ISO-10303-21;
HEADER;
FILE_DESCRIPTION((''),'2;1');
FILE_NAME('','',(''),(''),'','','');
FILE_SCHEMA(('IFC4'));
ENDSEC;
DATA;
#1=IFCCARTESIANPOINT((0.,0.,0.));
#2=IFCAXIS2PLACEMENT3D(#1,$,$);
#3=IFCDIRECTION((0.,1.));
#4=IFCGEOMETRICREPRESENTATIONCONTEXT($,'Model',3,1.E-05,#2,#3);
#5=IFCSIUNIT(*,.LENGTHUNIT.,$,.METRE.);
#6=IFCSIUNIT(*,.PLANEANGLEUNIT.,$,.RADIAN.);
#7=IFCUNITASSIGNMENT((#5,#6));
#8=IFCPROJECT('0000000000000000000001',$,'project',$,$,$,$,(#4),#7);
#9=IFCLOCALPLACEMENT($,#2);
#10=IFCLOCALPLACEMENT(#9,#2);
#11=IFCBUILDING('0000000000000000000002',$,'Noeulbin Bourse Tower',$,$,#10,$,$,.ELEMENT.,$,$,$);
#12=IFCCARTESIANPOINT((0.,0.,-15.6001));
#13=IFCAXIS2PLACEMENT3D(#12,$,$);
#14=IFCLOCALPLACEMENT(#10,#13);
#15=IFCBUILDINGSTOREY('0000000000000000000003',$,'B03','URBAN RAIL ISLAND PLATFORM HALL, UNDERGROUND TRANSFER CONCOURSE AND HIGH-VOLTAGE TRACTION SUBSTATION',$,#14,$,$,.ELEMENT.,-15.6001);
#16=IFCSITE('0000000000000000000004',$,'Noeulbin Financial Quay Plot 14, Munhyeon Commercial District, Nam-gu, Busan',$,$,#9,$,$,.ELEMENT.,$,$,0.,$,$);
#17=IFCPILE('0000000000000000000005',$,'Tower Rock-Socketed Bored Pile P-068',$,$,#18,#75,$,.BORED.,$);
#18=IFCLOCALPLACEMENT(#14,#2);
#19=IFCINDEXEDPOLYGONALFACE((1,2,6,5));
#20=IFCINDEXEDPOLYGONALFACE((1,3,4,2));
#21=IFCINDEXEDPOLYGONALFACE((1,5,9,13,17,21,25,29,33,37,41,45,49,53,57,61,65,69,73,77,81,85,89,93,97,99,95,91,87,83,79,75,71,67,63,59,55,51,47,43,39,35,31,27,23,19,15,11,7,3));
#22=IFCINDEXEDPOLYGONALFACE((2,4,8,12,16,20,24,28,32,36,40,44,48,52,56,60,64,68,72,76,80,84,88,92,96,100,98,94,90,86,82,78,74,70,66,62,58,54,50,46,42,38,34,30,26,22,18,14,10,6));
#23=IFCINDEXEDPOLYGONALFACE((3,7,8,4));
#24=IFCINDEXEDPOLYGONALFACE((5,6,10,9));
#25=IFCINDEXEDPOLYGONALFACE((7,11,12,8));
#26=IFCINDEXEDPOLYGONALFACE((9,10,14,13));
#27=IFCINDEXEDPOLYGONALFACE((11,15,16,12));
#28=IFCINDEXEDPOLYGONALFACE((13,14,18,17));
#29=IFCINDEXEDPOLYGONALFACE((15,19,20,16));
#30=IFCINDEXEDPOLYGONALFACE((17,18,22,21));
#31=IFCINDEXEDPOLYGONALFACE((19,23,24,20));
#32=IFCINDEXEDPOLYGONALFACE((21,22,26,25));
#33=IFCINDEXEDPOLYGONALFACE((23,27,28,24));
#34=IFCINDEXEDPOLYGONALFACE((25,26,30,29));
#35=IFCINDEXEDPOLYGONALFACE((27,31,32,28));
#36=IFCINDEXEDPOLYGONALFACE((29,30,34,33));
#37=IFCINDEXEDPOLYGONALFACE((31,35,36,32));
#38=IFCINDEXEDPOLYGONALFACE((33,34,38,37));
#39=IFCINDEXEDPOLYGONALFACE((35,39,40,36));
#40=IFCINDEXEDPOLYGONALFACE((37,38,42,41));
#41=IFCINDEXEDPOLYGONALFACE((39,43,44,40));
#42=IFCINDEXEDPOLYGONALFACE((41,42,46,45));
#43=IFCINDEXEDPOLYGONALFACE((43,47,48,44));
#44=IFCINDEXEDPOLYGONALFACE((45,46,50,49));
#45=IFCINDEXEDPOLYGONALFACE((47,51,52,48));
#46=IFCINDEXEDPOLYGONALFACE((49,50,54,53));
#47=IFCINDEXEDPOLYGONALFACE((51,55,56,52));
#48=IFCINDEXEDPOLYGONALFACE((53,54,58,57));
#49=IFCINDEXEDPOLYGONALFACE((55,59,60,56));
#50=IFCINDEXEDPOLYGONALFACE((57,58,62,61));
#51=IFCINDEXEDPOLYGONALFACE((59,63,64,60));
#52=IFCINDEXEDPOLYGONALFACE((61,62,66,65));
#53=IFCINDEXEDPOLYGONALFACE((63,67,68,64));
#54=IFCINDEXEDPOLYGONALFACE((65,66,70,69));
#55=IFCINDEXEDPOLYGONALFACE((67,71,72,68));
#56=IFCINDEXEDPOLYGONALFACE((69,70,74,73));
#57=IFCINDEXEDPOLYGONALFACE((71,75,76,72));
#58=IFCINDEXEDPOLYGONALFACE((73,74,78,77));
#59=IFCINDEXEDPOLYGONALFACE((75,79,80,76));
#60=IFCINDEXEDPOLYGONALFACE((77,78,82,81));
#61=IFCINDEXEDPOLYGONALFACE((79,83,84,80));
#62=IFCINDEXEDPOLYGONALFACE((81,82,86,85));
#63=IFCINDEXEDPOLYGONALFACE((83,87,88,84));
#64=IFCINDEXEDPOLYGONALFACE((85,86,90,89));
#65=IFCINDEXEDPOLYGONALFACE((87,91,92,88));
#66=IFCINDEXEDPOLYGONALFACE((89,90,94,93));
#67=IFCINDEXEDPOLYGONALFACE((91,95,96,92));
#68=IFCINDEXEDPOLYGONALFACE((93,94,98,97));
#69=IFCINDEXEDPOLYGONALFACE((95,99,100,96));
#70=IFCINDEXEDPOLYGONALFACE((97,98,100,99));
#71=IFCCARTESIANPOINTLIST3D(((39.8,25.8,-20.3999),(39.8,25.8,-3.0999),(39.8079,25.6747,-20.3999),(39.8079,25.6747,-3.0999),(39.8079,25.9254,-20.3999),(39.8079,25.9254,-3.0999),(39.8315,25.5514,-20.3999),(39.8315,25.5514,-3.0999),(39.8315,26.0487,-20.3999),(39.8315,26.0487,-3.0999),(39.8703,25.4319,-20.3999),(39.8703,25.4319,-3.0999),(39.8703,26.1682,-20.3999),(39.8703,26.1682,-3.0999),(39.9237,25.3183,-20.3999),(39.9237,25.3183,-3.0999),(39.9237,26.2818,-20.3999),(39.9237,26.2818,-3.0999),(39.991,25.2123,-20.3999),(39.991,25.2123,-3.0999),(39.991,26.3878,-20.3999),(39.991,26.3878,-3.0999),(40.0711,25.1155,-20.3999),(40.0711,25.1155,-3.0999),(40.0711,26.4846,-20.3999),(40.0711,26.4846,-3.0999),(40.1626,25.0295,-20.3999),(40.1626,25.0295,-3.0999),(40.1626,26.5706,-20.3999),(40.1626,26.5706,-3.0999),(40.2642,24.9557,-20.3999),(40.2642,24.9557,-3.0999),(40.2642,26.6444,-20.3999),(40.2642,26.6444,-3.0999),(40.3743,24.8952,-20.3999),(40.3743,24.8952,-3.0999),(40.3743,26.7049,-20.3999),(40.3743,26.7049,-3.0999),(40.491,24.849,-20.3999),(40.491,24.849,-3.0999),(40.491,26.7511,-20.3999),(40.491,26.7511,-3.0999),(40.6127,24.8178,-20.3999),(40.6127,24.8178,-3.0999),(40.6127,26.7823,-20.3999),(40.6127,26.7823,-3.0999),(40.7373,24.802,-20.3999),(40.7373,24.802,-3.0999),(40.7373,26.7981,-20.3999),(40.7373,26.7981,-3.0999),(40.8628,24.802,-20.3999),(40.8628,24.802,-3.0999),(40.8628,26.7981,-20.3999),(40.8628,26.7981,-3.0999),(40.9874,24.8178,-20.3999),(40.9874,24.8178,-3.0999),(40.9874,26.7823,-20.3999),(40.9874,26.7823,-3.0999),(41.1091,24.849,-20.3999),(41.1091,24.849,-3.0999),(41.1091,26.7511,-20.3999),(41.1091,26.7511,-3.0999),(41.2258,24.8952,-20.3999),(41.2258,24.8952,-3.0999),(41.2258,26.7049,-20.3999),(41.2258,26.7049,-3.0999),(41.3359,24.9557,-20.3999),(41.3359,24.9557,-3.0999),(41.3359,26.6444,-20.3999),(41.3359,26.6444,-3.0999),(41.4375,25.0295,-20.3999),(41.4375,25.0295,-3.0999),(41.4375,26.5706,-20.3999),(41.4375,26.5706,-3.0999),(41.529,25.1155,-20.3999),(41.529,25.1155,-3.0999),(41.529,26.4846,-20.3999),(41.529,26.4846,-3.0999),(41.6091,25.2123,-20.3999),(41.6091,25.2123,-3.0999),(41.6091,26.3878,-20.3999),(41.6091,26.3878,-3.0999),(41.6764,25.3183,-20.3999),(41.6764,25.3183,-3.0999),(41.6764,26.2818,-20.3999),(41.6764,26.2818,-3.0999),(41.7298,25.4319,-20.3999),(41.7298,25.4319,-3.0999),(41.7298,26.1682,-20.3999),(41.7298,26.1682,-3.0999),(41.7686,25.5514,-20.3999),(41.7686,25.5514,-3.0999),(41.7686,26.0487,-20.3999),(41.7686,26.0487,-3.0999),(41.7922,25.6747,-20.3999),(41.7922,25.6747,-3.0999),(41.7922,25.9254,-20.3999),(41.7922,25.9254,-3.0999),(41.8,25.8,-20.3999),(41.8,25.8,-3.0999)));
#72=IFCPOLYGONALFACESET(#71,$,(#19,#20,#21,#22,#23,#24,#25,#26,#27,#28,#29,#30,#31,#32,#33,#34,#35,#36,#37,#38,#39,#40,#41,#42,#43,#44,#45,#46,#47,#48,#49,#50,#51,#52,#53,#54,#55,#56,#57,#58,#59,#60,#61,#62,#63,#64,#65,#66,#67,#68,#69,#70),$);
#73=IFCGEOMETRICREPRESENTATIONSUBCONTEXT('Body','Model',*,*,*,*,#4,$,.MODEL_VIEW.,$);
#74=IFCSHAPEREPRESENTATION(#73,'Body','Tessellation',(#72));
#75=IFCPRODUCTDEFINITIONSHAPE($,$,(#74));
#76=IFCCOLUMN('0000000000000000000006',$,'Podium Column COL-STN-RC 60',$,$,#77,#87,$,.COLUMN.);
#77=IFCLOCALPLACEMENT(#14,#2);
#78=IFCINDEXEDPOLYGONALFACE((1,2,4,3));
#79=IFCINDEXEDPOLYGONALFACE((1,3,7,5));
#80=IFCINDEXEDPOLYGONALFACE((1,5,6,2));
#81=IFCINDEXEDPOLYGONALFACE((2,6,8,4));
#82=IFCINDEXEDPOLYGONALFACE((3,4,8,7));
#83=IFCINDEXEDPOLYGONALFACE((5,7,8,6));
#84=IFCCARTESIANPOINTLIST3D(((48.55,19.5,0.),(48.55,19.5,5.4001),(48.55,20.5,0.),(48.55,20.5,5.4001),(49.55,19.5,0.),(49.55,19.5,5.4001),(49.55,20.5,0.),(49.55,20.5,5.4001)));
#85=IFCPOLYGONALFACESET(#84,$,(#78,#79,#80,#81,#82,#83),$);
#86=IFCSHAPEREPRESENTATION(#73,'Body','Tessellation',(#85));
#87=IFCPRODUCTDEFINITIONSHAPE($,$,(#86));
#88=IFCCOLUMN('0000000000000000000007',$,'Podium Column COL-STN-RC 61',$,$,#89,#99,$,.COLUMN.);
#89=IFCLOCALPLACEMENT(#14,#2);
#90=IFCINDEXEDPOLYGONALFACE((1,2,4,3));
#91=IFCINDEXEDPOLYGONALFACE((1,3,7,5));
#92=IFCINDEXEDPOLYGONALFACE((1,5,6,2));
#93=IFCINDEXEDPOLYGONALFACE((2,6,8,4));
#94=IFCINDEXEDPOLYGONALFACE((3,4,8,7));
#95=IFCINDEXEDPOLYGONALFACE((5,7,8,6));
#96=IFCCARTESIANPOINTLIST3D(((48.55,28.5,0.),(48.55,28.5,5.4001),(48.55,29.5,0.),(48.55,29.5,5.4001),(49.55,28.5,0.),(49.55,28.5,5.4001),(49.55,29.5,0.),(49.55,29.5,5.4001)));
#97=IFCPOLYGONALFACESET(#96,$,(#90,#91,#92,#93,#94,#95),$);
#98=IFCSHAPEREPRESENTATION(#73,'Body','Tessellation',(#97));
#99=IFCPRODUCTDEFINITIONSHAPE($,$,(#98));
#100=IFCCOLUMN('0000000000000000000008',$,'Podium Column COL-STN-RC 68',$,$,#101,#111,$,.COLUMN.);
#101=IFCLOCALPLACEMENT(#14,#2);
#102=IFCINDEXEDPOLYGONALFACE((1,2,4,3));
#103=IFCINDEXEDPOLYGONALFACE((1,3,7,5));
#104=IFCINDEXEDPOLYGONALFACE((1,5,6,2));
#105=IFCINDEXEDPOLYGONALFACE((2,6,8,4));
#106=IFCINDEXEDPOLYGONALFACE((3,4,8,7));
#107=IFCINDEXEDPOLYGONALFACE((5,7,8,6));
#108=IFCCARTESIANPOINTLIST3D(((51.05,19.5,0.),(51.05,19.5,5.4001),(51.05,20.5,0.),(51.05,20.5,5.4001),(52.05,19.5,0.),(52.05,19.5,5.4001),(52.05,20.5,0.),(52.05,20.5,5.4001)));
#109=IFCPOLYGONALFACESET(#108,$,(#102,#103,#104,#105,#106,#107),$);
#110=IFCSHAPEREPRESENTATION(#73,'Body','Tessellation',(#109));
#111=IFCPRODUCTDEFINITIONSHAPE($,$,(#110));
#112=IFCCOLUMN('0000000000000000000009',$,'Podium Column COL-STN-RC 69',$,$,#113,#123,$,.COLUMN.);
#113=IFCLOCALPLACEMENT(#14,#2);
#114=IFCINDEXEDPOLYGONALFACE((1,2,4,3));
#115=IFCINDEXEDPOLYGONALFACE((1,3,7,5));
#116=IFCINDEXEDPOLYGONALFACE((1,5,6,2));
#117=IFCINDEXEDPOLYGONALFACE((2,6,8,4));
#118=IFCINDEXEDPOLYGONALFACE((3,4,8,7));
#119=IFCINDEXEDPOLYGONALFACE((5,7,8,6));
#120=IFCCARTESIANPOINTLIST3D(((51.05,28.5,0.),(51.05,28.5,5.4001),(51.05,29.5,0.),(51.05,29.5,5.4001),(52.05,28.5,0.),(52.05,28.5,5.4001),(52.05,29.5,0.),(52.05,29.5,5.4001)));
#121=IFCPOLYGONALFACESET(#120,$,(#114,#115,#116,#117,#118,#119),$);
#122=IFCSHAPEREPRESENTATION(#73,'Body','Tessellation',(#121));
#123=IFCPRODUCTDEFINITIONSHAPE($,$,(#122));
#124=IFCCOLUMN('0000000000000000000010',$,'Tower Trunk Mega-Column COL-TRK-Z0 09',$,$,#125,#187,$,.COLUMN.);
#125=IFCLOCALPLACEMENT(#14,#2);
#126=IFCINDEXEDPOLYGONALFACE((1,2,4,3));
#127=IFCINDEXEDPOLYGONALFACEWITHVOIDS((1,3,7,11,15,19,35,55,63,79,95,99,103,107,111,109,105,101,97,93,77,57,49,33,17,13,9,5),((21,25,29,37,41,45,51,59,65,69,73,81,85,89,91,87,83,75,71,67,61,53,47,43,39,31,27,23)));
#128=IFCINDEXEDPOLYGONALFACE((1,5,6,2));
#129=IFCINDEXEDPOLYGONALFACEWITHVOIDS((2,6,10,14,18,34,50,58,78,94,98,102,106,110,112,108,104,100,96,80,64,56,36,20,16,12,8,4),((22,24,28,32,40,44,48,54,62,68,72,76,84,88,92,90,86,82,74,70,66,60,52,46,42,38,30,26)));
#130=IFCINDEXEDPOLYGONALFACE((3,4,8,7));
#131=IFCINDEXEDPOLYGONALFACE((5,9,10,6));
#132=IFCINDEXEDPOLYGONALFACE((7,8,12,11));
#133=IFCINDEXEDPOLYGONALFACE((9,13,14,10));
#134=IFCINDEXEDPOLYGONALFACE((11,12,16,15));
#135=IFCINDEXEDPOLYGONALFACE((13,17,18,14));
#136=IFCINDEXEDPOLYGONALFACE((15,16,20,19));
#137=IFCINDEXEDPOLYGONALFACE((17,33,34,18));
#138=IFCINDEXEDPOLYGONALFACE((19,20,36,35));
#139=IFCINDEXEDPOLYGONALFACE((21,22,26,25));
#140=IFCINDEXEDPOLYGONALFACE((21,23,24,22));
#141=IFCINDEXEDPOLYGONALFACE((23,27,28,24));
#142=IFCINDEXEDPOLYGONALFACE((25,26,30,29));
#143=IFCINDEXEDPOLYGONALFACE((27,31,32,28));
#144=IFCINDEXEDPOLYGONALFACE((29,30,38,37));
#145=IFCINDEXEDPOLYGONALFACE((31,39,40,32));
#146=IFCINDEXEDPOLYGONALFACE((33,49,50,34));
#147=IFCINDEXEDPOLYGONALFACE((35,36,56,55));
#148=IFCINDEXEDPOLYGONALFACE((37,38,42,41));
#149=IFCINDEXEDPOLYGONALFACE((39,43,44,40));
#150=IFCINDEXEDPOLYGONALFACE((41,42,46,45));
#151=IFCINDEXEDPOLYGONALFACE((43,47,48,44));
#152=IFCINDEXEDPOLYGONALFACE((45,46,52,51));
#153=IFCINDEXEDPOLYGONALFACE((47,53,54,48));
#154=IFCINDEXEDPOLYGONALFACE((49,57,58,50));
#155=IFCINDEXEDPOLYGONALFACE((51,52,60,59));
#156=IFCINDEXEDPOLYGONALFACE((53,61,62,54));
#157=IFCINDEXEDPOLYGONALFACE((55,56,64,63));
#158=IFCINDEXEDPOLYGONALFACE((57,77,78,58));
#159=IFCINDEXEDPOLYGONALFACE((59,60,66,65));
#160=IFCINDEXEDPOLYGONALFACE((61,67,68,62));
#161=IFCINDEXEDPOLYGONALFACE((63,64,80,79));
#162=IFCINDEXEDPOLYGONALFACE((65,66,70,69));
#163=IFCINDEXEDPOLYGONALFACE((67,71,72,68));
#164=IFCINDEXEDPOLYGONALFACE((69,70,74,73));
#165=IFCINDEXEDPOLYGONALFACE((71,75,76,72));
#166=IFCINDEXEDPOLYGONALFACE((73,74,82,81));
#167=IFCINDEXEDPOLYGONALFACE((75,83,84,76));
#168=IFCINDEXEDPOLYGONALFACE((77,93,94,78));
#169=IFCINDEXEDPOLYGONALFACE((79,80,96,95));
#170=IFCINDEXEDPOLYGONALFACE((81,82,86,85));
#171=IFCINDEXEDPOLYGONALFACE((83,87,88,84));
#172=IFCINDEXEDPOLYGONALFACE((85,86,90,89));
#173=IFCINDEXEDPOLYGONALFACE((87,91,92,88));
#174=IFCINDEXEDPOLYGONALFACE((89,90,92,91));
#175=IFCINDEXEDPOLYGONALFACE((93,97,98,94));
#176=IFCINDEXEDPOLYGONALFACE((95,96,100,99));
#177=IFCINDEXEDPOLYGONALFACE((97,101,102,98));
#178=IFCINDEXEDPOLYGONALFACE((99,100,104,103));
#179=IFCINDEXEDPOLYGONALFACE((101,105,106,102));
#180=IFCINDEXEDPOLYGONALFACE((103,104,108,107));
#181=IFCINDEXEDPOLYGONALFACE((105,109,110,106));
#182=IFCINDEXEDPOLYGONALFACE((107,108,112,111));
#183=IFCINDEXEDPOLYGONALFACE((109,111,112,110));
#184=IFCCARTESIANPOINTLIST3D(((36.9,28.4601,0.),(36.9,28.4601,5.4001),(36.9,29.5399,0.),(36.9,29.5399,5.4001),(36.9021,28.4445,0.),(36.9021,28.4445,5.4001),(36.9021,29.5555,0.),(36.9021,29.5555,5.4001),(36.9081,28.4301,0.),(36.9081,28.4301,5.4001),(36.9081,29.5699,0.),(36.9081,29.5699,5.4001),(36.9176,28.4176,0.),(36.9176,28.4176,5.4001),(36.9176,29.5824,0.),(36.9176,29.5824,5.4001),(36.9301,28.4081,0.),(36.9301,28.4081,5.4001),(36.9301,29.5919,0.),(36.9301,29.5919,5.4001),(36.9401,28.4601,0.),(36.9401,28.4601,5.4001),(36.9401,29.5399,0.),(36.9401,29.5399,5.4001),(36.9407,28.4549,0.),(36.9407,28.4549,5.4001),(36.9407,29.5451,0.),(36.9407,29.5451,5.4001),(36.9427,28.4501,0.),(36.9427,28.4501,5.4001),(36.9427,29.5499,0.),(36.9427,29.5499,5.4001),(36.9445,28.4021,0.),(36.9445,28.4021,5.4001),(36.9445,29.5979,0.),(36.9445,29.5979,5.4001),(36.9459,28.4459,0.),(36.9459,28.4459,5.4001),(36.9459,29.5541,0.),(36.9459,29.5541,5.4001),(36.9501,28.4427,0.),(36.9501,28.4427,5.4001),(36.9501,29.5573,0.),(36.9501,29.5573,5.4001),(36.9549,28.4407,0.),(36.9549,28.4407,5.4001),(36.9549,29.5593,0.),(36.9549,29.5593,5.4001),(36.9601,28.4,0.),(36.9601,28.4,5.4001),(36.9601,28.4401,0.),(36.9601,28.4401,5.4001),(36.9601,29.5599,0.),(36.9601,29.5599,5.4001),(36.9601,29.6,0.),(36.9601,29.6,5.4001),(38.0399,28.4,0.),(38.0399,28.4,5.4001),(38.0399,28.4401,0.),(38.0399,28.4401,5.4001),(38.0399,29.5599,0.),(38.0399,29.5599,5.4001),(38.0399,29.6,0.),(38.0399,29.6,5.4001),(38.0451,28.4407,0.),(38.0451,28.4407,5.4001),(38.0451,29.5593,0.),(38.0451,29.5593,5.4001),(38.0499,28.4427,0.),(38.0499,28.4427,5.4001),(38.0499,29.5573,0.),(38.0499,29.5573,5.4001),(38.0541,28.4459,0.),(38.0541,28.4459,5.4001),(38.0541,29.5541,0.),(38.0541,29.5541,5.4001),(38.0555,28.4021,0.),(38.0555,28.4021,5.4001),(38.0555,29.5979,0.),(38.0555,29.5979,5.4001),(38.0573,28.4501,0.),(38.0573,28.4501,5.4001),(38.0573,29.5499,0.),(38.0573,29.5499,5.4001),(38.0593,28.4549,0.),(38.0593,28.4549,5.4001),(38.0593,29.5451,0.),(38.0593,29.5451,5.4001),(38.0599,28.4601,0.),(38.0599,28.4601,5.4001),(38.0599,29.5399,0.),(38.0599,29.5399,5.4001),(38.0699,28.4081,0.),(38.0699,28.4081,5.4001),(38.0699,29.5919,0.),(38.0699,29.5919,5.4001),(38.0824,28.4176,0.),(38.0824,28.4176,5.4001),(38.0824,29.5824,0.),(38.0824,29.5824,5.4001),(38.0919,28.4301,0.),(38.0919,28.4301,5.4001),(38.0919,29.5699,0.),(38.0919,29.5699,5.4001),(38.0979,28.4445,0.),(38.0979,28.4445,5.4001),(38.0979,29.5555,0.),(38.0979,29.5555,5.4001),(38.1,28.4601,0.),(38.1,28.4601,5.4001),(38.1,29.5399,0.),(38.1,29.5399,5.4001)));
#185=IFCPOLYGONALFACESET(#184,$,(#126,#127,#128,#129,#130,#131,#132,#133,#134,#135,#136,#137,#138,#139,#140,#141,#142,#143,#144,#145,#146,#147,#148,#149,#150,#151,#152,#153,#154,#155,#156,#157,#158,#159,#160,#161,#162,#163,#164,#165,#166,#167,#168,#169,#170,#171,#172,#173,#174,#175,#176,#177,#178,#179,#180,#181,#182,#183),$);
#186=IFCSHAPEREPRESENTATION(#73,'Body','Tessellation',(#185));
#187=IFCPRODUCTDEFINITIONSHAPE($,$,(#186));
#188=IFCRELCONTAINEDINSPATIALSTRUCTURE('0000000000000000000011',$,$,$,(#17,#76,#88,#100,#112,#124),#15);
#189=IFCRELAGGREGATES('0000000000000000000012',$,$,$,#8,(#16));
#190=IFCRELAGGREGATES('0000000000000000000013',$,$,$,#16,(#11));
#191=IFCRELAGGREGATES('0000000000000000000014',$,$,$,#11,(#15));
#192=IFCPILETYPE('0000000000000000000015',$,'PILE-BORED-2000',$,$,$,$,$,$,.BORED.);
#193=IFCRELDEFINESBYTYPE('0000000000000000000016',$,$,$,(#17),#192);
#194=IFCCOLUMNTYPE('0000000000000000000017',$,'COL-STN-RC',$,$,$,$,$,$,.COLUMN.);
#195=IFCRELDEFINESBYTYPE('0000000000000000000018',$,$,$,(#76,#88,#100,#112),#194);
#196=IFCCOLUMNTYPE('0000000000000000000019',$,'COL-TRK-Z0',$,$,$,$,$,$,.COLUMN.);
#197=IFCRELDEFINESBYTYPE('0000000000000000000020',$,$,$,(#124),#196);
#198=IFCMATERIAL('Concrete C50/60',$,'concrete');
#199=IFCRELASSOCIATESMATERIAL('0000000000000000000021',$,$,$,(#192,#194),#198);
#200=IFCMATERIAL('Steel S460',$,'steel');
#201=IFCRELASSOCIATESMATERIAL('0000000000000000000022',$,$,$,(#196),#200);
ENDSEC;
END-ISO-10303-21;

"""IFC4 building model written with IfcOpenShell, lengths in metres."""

from ifc_helpers import new_model, si_unit, direction, frame, origin, origin_2d, place, context, subcontext, project, spatial, rectangle, hollow_rectangle, circle, extrude, material, material_profile, profile_set, type_object, element, save


model = new_model("IFC4")

# Units and contexts
model_context = context("Model", 3, precision=1e-05, world=origin(), true_north=direction((0.0, 1.0)))
body_context = subcontext(model_context, "Body", "Model", "MODEL_VIEW")
ifc_project = project(units=[si_unit("LENGTHUNIT", "METRE"), si_unit("PLANEANGLEUNIT", "RADIAN")], contexts=[model_context])

# Site, building, storey
site_placement = place(None, origin())
site = spatial("IfcSite", under=ifc_project, at=site_placement, Name="Noeulbin Financial Quay Plot 14, Munhyeon Commercial District, Nam-gu, Busan", CompositionType="ELEMENT", RefElevation=0.0)
building_placement = place(site_placement, origin())
building = spatial("IfcBuilding", under=site, at=building_placement, Name="Noeulbin Bourse Tower", CompositionType="ELEMENT")
storey_placement = place(building_placement, frame((0.0, 0.0, -15.6001)))
storey = spatial("IfcBuildingStorey", under=building, at=storey_placement, Name="B03", Description="URBAN RAIL ISLAND PLATFORM HALL, UNDERGROUND TRANSFER CONCOURSE AND HIGH-VOLTAGE TRACTION SUBSTATION", CompositionType="ELEMENT", Elevation=-15.6001)

# Pile
ifc_material_1 = material(Name="Concrete C50/60", Category="concrete")
ifc_material_profile_1 = material_profile(ifc_material_1, circle(Radius=1.0, at=origin_2d()), Name="PILE-D2000", Category="LoadBearing")
ifc_profile_set_1 = profile_set([ifc_material_profile_1], Name="Concrete C50/60")
pile_type_1 = type_object("IfcPileType", Name="PILE-BORED-2000", PredefinedType="BORED", material=ifc_profile_set_1)
for number, where, z_axis, x_axis, name in (
    (1, (40.8, 25.8, -3.0999), (0.0, 0.0, -1.0), (1.0, 0.0, 0.0), "Tower Rock-Socketed Bored Pile P-068"),
):
    element("IfcPile", number, at=place(storey_placement, frame(where, z_axis=z_axis, x_axis=x_axis)), inside=storey, type_object=pile_type_1, Name=name, PredefinedType="BORED", context=body_context, shape_type="SweptSolid", body=[
        extrude(circle(Radius=1.0, at=origin_2d()), origin(), (0.0, 0.0, 1.0), 17.3),
    ])

# Columns
ifc_material_profile_2 = material_profile(ifc_material_1, rectangle(XDim=1.0, YDim=1.0, at=origin_2d()), Name="RC-COL-1000x1000", Category="LoadBearing")
ifc_profile_set_2 = profile_set([ifc_material_profile_2], Name="Concrete C50/60")
column_type_1 = type_object("IfcColumnType", Name="COL-STN-RC", PredefinedType="COLUMN", material=ifc_profile_set_2)
for number, where, z_axis, x_axis, name in (
    (2, (49.05, 20.0, 0.0), (0.0, 0.0, 1.0), (1.0, 0.0, 0.0), "Podium Column COL-STN-RC 60"),
    (3, (49.05, 29.0, 0.0), (0.0, 0.0, 1.0), (1.0, 0.0, 0.0), "Podium Column COL-STN-RC 61"),
    (4, (51.55, 20.0, 0.0), (0.0, 0.0, 1.0), (1.0, 0.0, 0.0), "Podium Column COL-STN-RC 68"),
    (5, (51.55, 29.0, 0.0), (0.0, 0.0, 1.0), (1.0, 0.0, 0.0), "Podium Column COL-STN-RC 69"),
):
    element("IfcColumn", number, at=place(storey_placement, frame(where, z_axis=z_axis, x_axis=x_axis)), inside=storey, type_object=column_type_1, Name=name, PredefinedType="COLUMN", context=body_context, shape_type="SweptSolid", body=[
        extrude(rectangle(XDim=1.0, YDim=1.0, at=origin_2d()), origin(), (0.0, 0.0, 1.0), 5.4001),
    ])
ifc_material_2 = material(Name="Steel S460", Category="steel")
ifc_material_profile_3 = material_profile(ifc_material_2, hollow_rectangle(XDim=1.2, YDim=1.2, WallThickness=0.04, InnerFilletRadius=0.02, OuterFilletRadius=0.0601, at=origin_2d()), Name="BOX-1200x1200x40", Category="LoadBearing")
ifc_profile_set_3 = profile_set([ifc_material_profile_3], Name="Steel S460")
column_type_2 = type_object("IfcColumnType", Name="COL-TRK-Z0", PredefinedType="COLUMN", material=ifc_profile_set_3)
for number, where, z_axis, x_axis, name in (
    (6, (37.5, 29.0, 0.0), (0.0, 0.0, 1.0), (1.0, 0.0, 0.0), "Tower Trunk Mega-Column COL-TRK-Z0 09"),
):
    element("IfcColumn", number, at=place(storey_placement, frame(where, z_axis=z_axis, x_axis=x_axis)), inside=storey, type_object=column_type_2, Name=name, PredefinedType="COLUMN", context=body_context, shape_type="SweptSolid", body=[
        extrude(hollow_rectangle(XDim=1.2, YDim=1.2, WallThickness=0.04, InnerFilletRadius=0.02, OuterFilletRadius=0.0601, at=origin_2d()), origin(), (0.0, 0.0, 1.0), 5.4001),
    ])

save(model, "model.ifc")
